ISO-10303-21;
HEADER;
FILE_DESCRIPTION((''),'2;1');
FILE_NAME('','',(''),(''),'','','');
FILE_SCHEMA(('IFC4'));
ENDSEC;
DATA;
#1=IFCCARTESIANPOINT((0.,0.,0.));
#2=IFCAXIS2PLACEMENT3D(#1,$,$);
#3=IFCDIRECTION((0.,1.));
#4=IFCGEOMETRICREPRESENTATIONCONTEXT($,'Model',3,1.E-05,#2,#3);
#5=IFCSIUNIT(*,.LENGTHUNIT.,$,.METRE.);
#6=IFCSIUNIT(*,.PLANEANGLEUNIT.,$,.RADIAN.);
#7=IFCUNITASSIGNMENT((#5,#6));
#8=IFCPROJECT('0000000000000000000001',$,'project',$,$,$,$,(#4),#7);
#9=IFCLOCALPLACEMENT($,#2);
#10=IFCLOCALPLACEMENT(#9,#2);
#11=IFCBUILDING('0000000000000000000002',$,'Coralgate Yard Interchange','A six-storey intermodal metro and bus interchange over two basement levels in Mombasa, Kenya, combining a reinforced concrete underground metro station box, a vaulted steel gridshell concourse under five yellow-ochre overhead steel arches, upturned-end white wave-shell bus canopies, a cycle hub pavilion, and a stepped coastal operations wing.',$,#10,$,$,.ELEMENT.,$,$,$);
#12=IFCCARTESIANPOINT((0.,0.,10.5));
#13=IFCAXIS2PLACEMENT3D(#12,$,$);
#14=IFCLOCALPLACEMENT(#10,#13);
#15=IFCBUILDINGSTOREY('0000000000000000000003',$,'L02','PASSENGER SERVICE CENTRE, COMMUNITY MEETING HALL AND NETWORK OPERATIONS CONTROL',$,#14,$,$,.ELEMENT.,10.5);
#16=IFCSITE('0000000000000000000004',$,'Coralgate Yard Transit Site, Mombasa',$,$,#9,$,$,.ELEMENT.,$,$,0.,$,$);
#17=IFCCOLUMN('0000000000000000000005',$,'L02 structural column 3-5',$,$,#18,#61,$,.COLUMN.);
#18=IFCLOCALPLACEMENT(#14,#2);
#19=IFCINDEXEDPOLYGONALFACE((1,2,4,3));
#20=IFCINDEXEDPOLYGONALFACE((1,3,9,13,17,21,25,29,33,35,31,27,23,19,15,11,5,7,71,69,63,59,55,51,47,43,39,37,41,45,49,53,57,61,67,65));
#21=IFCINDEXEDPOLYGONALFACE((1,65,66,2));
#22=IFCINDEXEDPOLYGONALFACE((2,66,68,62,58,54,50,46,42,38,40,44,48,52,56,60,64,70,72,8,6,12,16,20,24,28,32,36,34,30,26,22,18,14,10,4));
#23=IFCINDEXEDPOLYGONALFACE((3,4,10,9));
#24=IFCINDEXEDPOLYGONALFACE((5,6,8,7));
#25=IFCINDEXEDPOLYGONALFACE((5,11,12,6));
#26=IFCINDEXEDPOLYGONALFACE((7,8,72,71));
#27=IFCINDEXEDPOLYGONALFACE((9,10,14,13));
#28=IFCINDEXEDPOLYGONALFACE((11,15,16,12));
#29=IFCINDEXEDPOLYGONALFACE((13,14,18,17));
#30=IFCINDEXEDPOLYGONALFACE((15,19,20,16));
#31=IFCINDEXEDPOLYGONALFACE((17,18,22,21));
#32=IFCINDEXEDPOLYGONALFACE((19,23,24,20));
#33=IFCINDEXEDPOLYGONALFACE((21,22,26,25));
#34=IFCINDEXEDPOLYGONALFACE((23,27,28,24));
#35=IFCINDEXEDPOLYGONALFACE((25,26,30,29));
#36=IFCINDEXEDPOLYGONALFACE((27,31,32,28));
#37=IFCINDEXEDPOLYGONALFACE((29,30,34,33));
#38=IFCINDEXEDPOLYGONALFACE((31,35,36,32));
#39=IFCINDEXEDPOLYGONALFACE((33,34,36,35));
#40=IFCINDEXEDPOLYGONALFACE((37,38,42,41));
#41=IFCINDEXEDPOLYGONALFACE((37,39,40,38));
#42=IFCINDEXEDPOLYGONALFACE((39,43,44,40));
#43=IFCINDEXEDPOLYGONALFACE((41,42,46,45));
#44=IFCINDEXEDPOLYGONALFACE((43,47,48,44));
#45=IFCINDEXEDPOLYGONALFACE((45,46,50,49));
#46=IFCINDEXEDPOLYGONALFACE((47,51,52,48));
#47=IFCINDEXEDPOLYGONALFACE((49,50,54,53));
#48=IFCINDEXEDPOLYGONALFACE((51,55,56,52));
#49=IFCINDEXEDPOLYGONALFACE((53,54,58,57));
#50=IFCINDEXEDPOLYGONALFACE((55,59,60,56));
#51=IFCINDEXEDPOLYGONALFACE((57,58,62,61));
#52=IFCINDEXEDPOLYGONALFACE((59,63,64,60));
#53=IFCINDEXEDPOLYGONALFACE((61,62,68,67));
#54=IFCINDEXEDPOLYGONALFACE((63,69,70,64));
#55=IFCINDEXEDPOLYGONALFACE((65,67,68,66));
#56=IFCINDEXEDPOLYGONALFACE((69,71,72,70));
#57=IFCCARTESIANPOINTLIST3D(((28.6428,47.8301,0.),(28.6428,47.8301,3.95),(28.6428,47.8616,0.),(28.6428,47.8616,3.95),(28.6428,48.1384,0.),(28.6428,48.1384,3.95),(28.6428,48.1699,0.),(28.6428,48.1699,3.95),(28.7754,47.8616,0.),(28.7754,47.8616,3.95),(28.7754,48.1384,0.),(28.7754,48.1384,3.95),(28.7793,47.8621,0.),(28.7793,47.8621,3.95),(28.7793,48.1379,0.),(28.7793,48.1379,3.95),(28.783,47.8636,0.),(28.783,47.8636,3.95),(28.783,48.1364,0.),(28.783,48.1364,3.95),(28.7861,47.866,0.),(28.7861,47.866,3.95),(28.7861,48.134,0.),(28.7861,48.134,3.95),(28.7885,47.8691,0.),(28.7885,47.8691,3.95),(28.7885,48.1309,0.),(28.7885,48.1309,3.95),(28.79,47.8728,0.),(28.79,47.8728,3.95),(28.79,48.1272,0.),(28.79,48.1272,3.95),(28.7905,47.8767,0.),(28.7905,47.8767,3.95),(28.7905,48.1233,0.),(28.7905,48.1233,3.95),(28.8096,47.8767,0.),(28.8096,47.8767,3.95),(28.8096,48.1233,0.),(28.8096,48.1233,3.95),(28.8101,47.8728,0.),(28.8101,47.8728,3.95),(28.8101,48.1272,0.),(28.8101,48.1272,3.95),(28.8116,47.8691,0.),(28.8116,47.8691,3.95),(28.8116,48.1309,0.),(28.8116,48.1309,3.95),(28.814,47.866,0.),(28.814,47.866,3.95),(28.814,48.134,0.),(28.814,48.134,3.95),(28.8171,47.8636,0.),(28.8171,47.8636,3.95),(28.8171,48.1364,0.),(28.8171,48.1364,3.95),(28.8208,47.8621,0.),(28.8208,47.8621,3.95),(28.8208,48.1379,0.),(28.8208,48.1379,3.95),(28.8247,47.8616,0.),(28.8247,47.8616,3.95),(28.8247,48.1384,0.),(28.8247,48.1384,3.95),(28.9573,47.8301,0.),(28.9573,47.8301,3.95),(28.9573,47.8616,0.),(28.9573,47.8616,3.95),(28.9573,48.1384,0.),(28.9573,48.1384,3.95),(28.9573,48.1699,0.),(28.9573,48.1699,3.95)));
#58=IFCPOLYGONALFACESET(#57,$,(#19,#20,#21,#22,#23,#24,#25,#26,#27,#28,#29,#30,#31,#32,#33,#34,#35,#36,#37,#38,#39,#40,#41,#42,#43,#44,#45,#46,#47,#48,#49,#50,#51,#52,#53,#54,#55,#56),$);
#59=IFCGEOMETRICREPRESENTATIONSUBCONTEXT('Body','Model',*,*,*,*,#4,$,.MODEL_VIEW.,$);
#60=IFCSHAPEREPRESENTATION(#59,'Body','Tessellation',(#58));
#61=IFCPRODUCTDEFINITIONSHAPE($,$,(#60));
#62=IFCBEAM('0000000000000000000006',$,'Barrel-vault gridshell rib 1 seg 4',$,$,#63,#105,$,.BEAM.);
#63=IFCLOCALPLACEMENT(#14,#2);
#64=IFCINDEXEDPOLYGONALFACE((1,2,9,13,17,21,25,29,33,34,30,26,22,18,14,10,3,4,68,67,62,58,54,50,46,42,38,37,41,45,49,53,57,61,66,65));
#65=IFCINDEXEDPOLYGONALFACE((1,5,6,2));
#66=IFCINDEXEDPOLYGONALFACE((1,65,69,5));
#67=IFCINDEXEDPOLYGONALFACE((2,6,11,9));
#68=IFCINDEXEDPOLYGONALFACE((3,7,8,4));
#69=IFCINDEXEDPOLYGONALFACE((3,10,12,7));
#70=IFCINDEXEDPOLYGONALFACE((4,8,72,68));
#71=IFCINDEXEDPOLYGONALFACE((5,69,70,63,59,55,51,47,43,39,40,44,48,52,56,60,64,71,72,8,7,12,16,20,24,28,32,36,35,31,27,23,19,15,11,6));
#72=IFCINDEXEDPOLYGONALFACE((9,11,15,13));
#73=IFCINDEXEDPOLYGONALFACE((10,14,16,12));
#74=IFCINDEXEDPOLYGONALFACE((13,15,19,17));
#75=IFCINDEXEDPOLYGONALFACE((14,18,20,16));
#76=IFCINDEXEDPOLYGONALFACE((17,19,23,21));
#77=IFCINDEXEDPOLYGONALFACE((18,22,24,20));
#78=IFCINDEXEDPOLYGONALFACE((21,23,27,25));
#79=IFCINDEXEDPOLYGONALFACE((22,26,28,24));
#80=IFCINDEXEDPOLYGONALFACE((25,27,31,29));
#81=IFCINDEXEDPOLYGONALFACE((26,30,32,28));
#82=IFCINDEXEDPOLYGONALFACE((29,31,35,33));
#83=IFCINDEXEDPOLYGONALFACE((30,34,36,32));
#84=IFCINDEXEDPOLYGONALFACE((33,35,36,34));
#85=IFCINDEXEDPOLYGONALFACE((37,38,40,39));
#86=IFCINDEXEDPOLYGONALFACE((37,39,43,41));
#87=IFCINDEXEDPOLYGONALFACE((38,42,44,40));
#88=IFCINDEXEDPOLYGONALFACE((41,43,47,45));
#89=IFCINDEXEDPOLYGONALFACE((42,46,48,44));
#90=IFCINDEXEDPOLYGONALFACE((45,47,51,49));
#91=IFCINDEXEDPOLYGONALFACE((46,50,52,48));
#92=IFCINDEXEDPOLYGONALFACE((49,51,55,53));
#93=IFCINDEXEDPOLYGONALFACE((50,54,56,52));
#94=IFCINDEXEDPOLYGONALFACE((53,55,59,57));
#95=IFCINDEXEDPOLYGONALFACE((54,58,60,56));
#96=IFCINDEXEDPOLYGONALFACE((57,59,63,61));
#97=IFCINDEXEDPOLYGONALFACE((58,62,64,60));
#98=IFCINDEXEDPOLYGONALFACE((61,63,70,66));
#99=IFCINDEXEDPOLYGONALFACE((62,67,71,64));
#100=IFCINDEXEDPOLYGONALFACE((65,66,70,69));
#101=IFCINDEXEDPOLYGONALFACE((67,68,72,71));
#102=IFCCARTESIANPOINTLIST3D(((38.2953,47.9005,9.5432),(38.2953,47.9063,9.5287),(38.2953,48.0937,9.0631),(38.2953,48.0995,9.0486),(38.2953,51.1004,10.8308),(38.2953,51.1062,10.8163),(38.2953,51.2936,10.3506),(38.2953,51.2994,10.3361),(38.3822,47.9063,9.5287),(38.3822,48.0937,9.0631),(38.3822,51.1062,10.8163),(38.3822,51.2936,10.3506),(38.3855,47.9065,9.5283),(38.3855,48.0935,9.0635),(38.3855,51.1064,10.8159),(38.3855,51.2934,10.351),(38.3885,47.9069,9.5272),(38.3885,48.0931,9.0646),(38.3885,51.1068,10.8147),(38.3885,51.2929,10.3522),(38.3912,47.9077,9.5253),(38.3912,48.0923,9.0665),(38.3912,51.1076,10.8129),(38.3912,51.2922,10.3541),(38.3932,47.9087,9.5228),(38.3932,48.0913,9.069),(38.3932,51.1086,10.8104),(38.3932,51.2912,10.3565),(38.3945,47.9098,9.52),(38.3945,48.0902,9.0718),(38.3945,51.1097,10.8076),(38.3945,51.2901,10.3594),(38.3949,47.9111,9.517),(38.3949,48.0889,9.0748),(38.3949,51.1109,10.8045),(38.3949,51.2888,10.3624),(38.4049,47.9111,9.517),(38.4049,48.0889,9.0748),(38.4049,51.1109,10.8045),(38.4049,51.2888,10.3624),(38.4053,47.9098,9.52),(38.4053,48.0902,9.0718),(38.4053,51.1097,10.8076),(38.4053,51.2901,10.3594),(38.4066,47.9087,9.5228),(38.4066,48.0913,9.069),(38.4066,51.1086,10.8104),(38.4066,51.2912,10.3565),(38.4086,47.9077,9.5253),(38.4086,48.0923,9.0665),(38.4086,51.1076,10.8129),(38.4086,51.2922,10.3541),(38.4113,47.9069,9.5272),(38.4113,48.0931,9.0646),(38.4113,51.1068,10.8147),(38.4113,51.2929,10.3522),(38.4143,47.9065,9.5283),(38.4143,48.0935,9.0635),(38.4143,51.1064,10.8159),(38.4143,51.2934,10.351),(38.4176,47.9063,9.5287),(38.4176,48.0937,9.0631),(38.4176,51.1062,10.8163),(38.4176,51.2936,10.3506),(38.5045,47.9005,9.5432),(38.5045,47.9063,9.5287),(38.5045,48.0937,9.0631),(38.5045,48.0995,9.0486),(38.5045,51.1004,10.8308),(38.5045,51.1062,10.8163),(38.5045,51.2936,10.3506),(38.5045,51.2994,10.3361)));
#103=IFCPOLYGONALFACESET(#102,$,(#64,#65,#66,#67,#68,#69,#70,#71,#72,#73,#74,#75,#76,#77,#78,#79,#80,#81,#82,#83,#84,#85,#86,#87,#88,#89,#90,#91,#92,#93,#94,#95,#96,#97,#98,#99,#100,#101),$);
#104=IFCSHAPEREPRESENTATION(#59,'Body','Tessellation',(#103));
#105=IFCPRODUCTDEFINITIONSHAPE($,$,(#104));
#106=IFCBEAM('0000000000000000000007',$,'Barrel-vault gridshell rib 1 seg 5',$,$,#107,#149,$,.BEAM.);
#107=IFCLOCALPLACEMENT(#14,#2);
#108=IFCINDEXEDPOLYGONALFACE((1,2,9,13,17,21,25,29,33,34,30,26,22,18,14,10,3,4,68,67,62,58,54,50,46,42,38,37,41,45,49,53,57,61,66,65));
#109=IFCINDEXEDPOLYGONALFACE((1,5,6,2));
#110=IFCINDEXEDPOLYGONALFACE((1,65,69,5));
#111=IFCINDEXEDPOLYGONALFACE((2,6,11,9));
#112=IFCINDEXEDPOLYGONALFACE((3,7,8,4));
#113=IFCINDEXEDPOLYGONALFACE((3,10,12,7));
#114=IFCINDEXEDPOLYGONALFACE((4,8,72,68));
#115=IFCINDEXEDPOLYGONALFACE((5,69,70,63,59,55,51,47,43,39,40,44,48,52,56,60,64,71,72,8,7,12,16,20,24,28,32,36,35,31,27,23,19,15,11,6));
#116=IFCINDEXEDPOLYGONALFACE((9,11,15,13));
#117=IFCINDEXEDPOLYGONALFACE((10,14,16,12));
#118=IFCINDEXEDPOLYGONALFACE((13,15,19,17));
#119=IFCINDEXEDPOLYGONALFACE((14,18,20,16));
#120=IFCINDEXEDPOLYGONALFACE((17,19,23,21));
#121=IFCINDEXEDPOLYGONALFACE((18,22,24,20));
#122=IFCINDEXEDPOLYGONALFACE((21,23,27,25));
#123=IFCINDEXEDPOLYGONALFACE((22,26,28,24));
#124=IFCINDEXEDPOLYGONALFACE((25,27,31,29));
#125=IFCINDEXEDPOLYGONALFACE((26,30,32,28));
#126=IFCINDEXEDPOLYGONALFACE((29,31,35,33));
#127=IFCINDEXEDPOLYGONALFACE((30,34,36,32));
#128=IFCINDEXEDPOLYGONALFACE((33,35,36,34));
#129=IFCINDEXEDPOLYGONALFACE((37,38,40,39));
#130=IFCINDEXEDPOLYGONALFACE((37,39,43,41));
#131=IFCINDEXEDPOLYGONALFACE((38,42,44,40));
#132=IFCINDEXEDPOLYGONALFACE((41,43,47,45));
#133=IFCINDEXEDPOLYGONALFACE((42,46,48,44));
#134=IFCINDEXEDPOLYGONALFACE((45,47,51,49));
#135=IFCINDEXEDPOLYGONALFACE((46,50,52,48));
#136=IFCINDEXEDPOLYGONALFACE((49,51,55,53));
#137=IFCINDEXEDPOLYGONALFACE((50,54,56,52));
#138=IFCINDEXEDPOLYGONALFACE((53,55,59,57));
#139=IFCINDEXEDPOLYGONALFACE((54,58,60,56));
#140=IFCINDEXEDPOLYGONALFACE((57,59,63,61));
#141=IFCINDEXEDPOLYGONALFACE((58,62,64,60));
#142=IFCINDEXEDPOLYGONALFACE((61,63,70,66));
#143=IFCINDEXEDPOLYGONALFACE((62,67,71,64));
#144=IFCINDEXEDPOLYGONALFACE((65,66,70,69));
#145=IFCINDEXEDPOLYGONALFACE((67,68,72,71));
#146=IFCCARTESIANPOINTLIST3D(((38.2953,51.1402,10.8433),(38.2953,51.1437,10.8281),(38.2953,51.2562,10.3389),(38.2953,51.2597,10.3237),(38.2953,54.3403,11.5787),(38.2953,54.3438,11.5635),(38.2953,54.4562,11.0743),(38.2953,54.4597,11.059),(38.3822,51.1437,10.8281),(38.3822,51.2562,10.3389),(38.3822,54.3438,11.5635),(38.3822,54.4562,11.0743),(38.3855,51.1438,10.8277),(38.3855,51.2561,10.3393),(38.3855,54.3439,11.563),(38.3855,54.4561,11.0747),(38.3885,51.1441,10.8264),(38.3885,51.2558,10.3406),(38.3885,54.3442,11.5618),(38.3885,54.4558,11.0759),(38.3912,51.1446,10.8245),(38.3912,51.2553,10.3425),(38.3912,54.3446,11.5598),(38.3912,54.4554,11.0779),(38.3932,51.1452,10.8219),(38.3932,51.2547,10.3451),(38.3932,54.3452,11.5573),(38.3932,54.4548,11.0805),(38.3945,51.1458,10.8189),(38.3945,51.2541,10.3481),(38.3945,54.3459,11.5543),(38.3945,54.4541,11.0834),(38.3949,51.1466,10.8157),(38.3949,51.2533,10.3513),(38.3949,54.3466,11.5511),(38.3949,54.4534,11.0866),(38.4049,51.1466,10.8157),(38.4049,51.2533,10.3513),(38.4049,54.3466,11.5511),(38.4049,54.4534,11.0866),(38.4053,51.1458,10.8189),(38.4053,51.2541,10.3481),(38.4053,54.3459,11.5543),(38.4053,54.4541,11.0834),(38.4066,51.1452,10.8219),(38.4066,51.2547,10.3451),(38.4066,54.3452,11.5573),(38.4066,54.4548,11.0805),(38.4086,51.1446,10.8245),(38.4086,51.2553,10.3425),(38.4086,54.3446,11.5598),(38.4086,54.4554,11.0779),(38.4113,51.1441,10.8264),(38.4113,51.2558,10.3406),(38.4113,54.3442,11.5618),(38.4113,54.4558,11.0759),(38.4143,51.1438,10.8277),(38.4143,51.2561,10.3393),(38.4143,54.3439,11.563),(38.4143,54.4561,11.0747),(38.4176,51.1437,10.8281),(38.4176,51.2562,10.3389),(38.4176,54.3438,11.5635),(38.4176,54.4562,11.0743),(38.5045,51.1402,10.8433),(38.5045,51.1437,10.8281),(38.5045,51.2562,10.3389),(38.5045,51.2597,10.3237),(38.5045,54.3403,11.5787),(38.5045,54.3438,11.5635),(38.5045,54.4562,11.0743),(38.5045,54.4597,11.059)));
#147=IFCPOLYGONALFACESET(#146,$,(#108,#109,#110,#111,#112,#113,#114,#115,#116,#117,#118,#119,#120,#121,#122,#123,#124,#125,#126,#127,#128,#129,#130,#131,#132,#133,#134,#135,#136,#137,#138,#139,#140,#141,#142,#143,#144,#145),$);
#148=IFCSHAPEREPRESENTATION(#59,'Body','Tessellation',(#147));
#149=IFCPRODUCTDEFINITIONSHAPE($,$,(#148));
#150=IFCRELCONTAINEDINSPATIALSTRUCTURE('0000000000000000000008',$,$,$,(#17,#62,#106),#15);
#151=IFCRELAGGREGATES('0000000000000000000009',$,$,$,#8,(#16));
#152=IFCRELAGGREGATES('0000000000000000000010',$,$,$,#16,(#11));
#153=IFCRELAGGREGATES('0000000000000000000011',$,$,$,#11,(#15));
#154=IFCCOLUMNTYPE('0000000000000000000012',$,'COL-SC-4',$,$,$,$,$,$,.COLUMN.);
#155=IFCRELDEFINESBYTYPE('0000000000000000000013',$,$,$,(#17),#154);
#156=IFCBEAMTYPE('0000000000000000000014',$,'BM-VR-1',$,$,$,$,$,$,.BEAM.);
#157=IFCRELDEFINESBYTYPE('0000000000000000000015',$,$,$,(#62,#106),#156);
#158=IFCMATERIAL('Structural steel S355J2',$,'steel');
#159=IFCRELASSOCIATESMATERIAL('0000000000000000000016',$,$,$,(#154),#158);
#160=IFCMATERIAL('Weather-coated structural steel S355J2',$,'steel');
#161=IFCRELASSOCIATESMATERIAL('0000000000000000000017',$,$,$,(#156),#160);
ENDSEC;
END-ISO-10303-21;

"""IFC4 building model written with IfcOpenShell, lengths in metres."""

from ifc_helpers import new_model, si_unit, direction, frame, origin, origin_2d, place, context, subcontext, project, spatial, i_section, extrude, material, material_profile, profile_set, type_object, element, save


model = new_model("IFC4")

# Units and contexts
model_context = context("Model", 3, precision=1e-05, world=origin(), true_north=direction((0.0, 1.0)))
body_context = subcontext(model_context, "Body", "Model", "MODEL_VIEW")
ifc_project = project(units=[si_unit("LENGTHUNIT", "METRE"), si_unit("PLANEANGLEUNIT", "RADIAN")], contexts=[model_context])

# Site, building, storey
site_placement = place(None, origin())
site = spatial("IfcSite", under=ifc_project, at=site_placement, Name="Coralgate Yard Transit Site, Mombasa", CompositionType="ELEMENT", RefElevation=0.0)
building_placement = place(site_placement, origin())
building = spatial("IfcBuilding", under=site, at=building_placement, Name="Coralgate Yard Interchange", Description="A six-storey intermodal metro and bus interchange over two basement levels in Mombasa, Kenya, combining a reinforced concrete underground metro station box, a vaulted steel gridshell concourse under five yellow-ochre overhead steel arches, upturned-end white wave-shell bus canopies, a cycle hub pavilion, and a stepped coastal operations wing.", CompositionType="ELEMENT")
storey_placement = place(building_placement, frame((0.0, 0.0, 10.5)))
storey = spatial("IfcBuildingStorey", under=building, at=storey_placement, Name="L02", Description="PASSENGER SERVICE CENTRE, COMMUNITY MEETING HALL AND NETWORK OPERATIONS CONTROL", CompositionType="ELEMENT", Elevation=10.5)

# Column
ifc_material_1 = material(Name="Structural steel S355J2", Category="steel")
ifc_material_profile_1 = material_profile(ifc_material_1, i_section(OverallWidth=0.3145, OverallDepth=0.3398, WebThickness=0.019, FlangeThickness=0.0315, FilletRadius=0.0151, at=origin_2d()), Name="UC 305x305x198")
ifc_profile_set_1 = profile_set([ifc_material_profile_1], Name="Structural steel S355J2")
column_type = type_object("IfcColumnType", Name="COL-SC-4", PredefinedType="COLUMN", material=ifc_profile_set_1)
column_placement = place(storey_placement, frame((28.8, 48.0, 0.0), z_axis=(0.0, 0.0, 1.0), x_axis=(1.0, 0.0, 0.0)))
element("IfcColumn", 1, at=column_placement, inside=storey, type_object=column_type, Name="L02 structural column 3-5", PredefinedType="COLUMN", context=body_context, shape_type="SweptSolid", body=[
    extrude(i_section(OverallWidth=0.3145, OverallDepth=0.3398, WebThickness=0.019, FlangeThickness=0.0315, FilletRadius=0.0151, at=origin_2d()), origin(), (0.0, 0.0, 1.0), 3.95),
])

# Beams
ifc_material_2 = material(Name="Weather-coated structural steel S355J2", Category="steel")
ifc_material_profile_2 = material_profile(ifc_material_2, i_section(OverallWidth=0.2092, OverallDepth=0.5332, WebThickness=0.01, FlangeThickness=0.0156, FilletRadius=0.0127, at=origin_2d()), Name="UB 533x210x92")
ifc_profile_set_2 = profile_set([ifc_material_profile_2], Name="Weather-coated structural steel S355J2")
beam_type = type_object("IfcBeamType", Name="BM-VR-1", PredefinedType="BEAM", material=ifc_profile_set_2)
beam_1_placement = place(storey_placement, frame((38.3999, 48.0, 9.2959), z_axis=(0.0, 0.927713, 0.373294), x_axis=(-1.0, 0.0, 0.0)))
element("IfcBeam", 2, at=beam_1_placement, inside=storey, type_object=beam_type, Name="Barrel-vault gridshell rib 1 seg 4", PredefinedType="BEAM", context=body_context, shape_type="SweptSolid", body=[
    extrude(i_section(OverallWidth=0.2092, OverallDepth=0.5332, WebThickness=0.01, FlangeThickness=0.0156, FilletRadius=0.0127, at=origin_2d()), origin(), (0.0, 0.0, 1.0), 3.4492),
])
beam_2_placement = place(storey_placement, frame((38.3999, 51.2, 10.5835), z_axis=(0.0, 0.974598, 0.223963), x_axis=(-1.0, 0.0, 0.0)))
element("IfcBeam", 3, at=beam_2_placement, inside=storey, type_object=beam_type, Name="Barrel-vault gridshell rib 1 seg 5", PredefinedType="BEAM", context=body_context, shape_type="SweptSolid", body=[
    extrude(i_section(OverallWidth=0.2092, OverallDepth=0.5332, WebThickness=0.01, FlangeThickness=0.0156, FilletRadius=0.0127, at=origin_2d()), origin(), (0.0, 0.0, 1.0), 3.2834),
])

save(model, "model.ifc")
